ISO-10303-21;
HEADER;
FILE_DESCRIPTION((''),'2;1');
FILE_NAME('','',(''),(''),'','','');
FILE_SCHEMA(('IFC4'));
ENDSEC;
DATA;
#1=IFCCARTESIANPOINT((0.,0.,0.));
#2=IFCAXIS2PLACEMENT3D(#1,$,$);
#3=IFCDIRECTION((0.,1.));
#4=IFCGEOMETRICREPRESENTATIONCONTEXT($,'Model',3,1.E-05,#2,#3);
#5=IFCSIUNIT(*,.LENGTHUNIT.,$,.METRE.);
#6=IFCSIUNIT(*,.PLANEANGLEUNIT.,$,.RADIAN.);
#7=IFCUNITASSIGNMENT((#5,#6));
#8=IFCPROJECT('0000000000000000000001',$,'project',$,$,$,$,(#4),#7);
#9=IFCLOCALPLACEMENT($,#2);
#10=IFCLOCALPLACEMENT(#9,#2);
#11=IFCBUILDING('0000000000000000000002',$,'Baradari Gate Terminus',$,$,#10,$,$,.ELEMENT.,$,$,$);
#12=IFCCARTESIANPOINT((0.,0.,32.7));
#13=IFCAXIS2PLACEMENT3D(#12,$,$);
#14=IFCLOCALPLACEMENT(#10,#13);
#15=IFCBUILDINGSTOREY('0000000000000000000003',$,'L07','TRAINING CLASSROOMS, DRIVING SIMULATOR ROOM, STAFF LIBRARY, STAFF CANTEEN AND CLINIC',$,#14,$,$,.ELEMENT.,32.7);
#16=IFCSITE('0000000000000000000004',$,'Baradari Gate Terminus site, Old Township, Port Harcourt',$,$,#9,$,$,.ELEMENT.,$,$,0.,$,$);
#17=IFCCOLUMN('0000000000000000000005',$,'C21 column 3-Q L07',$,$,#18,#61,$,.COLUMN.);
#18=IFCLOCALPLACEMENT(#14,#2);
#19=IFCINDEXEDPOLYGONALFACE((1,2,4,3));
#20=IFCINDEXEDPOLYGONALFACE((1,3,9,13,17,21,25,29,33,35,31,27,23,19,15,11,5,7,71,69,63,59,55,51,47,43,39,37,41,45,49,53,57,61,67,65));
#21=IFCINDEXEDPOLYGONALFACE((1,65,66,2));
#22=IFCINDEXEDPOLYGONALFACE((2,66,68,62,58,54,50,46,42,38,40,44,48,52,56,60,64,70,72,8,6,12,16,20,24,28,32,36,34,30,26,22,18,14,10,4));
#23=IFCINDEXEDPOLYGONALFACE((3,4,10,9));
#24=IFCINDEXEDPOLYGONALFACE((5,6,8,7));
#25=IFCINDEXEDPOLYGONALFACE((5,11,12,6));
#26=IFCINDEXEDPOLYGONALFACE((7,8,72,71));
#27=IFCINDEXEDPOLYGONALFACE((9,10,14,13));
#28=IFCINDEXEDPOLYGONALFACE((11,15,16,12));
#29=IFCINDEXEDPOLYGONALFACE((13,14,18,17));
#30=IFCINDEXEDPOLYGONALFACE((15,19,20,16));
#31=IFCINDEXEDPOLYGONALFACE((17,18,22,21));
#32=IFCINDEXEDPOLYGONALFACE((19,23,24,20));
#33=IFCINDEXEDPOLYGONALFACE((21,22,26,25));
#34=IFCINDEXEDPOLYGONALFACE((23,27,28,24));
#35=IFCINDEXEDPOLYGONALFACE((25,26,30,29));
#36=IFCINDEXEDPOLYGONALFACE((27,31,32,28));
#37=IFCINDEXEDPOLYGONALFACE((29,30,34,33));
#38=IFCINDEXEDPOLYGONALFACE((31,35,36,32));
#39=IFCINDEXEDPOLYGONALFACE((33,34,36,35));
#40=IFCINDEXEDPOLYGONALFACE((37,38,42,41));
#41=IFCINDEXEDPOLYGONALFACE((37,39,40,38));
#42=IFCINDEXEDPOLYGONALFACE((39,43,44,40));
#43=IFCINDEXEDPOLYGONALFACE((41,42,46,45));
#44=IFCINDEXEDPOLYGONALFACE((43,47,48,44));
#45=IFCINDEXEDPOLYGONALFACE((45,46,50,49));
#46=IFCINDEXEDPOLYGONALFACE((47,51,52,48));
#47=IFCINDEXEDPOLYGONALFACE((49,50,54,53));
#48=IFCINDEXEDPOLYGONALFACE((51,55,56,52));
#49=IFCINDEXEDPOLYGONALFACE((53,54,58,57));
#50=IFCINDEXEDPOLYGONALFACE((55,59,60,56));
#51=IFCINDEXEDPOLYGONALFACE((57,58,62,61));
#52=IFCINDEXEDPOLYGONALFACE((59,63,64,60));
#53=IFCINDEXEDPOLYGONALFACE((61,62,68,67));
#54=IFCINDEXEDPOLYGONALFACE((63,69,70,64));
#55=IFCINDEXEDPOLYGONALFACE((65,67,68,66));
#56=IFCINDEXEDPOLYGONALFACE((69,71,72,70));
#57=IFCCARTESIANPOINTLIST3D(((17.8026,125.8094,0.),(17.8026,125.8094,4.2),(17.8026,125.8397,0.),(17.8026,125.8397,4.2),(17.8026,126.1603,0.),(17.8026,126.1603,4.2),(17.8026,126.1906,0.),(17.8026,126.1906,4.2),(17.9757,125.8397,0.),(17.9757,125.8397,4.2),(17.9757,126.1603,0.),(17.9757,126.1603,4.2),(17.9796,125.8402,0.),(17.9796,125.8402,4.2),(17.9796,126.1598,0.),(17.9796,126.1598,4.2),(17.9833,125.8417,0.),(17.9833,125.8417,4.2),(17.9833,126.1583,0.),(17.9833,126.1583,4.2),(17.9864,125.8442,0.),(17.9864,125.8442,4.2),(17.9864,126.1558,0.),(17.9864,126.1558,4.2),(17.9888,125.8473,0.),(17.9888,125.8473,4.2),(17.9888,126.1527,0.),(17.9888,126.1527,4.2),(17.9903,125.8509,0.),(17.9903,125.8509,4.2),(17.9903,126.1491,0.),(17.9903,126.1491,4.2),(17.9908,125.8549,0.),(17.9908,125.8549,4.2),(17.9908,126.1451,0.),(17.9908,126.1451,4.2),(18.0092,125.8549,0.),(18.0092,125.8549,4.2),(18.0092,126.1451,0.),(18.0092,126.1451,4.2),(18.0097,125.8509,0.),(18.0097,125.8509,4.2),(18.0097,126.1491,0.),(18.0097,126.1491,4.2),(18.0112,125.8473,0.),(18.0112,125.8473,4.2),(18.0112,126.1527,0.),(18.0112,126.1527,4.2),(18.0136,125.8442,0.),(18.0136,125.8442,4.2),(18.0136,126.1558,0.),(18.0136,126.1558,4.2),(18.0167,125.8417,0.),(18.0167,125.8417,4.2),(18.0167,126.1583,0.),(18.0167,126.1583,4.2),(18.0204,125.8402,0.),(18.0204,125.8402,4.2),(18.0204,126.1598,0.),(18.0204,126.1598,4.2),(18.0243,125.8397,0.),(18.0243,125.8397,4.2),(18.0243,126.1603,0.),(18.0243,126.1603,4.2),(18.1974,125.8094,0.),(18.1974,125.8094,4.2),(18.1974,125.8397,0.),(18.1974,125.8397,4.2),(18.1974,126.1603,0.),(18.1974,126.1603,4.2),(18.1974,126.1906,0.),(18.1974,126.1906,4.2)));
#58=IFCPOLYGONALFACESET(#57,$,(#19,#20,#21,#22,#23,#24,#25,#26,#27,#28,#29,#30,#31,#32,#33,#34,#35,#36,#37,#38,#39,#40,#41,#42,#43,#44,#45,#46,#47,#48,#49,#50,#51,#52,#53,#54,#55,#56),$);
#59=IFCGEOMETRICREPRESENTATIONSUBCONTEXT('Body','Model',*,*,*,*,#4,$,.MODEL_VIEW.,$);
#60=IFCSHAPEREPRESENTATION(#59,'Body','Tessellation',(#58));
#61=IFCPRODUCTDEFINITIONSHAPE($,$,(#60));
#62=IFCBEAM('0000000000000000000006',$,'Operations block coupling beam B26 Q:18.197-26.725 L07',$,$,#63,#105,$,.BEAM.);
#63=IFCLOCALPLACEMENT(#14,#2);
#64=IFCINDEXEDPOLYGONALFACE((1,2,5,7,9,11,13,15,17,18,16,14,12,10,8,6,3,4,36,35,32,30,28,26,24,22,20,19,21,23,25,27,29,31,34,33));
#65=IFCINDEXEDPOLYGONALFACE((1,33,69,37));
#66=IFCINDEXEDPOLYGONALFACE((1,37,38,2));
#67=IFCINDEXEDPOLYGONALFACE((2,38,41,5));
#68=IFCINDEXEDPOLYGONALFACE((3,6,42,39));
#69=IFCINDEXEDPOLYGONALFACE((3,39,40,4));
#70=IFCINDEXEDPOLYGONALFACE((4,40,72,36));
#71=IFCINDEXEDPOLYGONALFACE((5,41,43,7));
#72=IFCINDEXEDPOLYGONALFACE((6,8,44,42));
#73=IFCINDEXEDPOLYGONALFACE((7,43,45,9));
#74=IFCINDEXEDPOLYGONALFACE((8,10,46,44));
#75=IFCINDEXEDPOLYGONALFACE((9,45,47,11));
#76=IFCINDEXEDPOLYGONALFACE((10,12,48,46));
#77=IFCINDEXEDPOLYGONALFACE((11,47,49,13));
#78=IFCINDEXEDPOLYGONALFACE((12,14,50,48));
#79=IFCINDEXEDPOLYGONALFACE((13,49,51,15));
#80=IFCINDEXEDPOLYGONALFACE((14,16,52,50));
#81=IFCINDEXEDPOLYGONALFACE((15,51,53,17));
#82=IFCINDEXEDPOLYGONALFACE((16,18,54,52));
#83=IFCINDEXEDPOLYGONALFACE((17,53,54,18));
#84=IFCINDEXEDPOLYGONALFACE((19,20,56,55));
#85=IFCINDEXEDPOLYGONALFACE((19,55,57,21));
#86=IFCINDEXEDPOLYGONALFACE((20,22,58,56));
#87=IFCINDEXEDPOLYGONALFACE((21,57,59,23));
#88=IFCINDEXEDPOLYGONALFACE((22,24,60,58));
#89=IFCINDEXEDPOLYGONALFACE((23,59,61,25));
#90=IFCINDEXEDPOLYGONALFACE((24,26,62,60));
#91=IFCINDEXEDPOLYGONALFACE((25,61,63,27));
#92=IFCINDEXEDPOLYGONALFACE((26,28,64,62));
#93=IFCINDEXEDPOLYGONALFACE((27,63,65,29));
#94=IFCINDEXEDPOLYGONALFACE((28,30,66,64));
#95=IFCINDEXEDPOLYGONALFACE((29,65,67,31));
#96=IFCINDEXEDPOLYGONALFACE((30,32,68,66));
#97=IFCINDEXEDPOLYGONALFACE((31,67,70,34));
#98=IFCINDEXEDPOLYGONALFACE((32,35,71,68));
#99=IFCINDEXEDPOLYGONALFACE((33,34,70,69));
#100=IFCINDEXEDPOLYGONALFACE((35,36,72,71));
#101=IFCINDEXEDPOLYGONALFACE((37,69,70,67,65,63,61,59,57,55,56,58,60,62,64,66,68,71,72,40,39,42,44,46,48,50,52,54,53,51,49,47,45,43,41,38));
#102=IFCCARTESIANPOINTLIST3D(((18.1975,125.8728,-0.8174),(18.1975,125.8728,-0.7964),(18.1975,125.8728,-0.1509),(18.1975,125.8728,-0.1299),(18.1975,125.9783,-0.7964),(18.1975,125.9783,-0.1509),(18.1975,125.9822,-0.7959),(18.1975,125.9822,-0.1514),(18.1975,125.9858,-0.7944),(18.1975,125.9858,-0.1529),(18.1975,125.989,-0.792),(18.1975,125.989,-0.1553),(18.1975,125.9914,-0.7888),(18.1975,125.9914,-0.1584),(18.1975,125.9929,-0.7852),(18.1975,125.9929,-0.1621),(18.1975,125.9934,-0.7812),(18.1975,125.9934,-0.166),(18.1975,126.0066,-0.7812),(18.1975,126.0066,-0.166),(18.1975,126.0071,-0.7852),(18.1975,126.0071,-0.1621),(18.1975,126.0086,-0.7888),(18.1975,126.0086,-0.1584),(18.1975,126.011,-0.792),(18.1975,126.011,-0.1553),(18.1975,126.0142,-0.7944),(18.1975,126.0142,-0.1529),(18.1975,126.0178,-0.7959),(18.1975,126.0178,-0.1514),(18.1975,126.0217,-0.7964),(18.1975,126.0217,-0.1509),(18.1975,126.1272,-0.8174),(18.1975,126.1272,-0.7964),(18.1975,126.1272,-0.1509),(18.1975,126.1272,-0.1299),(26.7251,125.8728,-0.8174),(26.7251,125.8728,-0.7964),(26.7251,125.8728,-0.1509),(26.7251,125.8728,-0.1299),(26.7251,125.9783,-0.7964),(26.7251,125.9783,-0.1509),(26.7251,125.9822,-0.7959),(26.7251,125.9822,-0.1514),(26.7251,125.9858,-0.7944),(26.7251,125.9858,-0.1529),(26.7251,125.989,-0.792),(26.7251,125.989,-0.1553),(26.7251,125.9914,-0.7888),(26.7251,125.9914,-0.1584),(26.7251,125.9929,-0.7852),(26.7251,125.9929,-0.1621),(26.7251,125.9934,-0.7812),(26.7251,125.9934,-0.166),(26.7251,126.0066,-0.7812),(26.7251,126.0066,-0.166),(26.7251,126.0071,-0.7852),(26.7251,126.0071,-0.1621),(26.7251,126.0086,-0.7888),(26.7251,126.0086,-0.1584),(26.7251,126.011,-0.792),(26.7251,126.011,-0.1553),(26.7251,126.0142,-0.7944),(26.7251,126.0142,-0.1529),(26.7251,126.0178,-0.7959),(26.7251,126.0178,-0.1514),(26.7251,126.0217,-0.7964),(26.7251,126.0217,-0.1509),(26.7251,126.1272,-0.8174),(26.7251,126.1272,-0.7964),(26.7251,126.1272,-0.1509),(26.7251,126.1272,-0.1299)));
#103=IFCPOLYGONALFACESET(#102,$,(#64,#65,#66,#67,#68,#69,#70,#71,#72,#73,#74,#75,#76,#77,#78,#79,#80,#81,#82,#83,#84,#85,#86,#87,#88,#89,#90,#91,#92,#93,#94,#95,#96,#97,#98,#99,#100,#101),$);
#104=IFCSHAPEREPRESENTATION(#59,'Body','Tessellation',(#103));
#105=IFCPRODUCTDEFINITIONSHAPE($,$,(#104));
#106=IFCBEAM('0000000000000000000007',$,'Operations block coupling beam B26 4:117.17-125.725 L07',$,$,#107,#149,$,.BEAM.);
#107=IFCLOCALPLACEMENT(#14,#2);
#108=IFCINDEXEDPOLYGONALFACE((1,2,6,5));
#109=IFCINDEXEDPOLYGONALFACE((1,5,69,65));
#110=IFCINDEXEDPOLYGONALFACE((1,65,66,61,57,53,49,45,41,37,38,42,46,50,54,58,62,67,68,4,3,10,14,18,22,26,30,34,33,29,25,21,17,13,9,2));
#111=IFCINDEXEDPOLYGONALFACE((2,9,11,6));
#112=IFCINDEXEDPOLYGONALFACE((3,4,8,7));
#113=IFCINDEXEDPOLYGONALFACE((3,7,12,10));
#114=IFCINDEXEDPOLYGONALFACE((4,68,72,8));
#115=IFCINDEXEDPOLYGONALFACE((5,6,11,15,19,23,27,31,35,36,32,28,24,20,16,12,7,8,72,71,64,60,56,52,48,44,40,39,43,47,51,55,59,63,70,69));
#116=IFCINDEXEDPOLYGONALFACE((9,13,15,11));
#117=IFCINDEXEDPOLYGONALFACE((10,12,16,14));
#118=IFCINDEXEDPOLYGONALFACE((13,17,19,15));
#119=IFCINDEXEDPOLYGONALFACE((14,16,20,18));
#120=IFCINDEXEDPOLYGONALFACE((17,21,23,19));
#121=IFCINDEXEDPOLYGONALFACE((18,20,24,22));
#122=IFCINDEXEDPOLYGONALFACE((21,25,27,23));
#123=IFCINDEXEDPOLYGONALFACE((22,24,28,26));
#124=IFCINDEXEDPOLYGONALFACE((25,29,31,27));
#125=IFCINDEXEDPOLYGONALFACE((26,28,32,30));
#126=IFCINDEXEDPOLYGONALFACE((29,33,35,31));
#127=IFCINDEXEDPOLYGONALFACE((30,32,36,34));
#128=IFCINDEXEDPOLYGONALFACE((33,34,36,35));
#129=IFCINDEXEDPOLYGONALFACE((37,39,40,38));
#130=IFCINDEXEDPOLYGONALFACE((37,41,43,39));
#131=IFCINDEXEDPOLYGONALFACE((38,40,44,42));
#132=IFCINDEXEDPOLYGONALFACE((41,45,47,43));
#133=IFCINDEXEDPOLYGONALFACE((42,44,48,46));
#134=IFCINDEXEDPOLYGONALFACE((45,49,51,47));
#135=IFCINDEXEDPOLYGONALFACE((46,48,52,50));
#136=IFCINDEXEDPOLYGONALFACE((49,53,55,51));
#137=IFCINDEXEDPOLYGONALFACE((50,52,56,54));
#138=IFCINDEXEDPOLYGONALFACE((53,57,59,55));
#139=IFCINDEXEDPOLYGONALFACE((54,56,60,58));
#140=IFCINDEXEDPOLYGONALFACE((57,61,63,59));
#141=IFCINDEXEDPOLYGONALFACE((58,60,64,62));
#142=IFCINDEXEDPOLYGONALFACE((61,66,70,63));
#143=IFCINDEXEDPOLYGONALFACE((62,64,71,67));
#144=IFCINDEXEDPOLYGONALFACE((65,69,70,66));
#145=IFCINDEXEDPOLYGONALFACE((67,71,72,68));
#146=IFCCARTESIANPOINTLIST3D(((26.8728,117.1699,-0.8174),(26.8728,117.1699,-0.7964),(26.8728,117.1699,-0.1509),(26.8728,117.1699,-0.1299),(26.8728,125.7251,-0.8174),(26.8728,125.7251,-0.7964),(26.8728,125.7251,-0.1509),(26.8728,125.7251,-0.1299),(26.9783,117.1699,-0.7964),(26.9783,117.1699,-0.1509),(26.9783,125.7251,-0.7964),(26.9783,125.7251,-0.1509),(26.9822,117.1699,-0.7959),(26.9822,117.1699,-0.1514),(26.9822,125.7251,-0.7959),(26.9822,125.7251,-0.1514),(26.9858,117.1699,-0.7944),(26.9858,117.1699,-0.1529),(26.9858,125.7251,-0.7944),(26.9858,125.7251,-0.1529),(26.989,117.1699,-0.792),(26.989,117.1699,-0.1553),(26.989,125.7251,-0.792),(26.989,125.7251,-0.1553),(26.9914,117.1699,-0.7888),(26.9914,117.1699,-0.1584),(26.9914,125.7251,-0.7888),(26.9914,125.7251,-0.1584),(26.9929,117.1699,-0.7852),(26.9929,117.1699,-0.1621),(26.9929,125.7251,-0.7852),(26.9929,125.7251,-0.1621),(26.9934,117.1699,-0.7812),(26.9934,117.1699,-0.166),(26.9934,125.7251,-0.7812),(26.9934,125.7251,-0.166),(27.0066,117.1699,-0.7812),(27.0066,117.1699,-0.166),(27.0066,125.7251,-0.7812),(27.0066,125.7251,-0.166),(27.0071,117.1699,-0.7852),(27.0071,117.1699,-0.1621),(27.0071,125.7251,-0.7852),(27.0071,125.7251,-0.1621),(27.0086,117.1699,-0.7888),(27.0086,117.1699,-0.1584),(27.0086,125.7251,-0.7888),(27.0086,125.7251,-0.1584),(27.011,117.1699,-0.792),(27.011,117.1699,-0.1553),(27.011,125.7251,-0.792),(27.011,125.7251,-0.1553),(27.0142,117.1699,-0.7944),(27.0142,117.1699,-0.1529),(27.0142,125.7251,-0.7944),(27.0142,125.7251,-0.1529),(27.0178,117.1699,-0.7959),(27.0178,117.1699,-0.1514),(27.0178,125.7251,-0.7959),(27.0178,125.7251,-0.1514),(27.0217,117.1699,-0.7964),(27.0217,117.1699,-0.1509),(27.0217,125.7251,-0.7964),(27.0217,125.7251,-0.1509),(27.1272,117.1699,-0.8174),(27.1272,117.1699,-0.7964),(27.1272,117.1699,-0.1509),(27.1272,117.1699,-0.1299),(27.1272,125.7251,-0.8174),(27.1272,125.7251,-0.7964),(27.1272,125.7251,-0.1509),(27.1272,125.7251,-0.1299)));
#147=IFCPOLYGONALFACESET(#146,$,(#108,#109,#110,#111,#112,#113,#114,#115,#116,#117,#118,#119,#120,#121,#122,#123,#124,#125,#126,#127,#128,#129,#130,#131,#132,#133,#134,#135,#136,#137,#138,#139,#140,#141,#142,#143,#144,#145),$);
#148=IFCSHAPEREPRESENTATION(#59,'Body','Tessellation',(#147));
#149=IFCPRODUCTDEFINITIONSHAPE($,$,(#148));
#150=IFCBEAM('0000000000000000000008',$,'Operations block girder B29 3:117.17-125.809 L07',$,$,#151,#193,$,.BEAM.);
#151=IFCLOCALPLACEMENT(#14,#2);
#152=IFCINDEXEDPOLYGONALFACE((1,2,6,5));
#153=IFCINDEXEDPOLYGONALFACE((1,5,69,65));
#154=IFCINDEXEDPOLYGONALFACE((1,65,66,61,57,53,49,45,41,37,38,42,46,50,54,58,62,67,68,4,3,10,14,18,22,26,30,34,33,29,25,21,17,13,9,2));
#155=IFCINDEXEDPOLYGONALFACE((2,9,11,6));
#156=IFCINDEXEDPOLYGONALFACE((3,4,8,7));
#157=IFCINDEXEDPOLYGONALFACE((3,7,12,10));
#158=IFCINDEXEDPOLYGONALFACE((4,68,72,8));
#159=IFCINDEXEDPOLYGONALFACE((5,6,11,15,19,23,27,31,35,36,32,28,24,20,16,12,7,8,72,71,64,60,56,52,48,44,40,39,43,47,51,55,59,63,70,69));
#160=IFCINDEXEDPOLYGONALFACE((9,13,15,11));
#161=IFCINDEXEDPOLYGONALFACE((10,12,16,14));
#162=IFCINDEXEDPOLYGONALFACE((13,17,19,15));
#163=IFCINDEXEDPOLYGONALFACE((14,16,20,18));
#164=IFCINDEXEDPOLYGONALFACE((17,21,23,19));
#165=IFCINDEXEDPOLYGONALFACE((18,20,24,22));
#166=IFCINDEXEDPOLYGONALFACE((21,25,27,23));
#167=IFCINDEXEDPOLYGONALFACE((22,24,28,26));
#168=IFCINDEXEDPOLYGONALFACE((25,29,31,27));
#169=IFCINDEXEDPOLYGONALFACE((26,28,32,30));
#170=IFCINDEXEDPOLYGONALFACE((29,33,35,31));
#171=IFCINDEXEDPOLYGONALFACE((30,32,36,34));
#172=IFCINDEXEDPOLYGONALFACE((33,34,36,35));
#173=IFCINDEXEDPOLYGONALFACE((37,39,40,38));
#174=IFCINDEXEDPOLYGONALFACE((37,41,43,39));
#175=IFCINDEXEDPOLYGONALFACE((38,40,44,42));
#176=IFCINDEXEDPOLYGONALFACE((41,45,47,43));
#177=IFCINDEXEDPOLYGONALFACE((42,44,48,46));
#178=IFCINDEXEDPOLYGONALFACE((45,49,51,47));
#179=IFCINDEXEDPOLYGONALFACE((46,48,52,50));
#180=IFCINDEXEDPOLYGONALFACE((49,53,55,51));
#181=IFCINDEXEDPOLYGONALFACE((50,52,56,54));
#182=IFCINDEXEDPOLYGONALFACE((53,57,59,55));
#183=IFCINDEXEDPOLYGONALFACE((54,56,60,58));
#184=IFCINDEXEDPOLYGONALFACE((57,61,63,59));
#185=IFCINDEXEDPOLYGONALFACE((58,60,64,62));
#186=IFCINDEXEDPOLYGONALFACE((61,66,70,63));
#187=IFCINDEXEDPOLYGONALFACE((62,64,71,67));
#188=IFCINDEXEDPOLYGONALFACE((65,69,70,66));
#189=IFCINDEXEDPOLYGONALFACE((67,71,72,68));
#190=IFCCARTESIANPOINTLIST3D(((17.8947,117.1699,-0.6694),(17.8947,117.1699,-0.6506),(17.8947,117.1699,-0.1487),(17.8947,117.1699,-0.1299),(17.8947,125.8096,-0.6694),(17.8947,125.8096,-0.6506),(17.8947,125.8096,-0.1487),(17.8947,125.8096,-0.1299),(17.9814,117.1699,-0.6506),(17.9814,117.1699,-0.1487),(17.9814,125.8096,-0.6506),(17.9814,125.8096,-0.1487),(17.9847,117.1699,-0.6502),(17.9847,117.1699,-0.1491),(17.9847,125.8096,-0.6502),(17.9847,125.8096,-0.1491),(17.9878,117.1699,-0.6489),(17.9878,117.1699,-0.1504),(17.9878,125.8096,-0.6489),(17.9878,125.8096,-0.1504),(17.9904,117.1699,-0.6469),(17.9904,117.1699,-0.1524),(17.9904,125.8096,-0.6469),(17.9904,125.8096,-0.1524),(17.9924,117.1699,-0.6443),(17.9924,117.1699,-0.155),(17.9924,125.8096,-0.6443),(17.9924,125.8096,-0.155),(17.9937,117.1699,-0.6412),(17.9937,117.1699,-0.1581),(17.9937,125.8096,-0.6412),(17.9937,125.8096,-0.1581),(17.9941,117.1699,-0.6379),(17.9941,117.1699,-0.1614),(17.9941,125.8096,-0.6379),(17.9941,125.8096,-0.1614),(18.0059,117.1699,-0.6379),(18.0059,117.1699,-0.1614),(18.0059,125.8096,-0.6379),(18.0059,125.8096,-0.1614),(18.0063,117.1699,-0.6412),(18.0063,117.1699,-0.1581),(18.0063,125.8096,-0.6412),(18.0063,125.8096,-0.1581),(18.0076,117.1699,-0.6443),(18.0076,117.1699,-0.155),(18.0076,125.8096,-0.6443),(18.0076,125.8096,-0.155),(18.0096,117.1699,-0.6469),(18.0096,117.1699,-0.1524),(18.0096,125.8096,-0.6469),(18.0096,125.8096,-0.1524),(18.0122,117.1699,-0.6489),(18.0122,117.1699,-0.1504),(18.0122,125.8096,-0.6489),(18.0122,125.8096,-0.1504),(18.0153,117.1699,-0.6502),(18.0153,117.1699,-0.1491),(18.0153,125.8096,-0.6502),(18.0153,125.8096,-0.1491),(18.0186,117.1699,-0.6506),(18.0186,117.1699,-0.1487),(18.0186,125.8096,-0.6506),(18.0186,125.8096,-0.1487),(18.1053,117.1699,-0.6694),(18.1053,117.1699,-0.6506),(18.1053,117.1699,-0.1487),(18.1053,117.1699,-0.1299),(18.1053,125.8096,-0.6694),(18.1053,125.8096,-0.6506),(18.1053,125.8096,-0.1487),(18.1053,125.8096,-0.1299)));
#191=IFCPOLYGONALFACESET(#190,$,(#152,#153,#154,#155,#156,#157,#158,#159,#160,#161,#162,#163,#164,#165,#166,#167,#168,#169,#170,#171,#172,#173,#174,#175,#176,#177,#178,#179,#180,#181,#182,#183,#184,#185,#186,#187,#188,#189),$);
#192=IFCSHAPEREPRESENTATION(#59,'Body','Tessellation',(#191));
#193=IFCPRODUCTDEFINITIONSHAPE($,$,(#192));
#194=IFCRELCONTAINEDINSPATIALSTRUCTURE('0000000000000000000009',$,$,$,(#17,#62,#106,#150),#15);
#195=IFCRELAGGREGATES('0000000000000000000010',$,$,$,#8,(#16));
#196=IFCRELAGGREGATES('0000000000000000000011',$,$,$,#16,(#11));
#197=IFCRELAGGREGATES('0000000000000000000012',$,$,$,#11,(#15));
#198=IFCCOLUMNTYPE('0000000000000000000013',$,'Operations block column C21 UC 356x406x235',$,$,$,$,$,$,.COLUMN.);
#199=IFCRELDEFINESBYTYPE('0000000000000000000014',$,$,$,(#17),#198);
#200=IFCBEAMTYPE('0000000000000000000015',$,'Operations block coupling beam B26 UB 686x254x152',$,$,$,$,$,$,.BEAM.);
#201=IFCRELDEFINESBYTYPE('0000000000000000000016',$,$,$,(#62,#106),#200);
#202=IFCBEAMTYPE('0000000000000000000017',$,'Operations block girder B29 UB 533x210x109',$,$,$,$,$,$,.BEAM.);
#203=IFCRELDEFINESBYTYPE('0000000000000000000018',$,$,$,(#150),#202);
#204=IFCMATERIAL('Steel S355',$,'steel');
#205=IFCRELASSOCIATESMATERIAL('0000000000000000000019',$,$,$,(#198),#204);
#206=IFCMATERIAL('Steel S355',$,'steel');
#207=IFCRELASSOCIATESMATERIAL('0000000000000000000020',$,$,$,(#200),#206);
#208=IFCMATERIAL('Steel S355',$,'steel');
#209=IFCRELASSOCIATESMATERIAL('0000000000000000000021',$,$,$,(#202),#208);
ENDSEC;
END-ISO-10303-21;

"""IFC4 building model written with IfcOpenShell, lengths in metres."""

from ifc_helpers import new_model, si_unit, direction, frame, origin, origin_2d, place, context, subcontext, project, spatial, i_section, extrude, material, material_profile, profile_set, type_object, element, save


model = new_model("IFC4")

# Units and contexts
model_context = context("Model", 3, precision=1e-05, world=origin(), true_north=direction((0.0, 1.0)))
body_context = subcontext(model_context, "Body", "Model", "MODEL_VIEW")
ifc_project = project(units=[si_unit("LENGTHUNIT", "METRE"), si_unit("PLANEANGLEUNIT", "RADIAN")], contexts=[model_context])

# Site, building, storey
site_placement = place(None, origin())
site = spatial("IfcSite", under=ifc_project, at=site_placement, Name="Baradari Gate Terminus site, Old Township, Port Harcourt", CompositionType="ELEMENT", RefElevation=0.0)
building_placement = place(site_placement, origin())
building = spatial("IfcBuilding", under=site, at=building_placement, Name="Baradari Gate Terminus", CompositionType="ELEMENT")
storey_placement = place(building_placement, frame((0.0, 0.0, 32.7)))
storey = spatial("IfcBuildingStorey", under=building, at=storey_placement, Name="L07", Description="TRAINING CLASSROOMS, DRIVING SIMULATOR ROOM, STAFF LIBRARY, STAFF CANTEEN AND CLINIC", CompositionType="ELEMENT", Elevation=32.7)

# Column
ifc_material_1 = material(Name="Steel S355", Category="steel")
ifc_material_profile_1 = material_profile(ifc_material_1, i_section(OverallWidth=0.3948, OverallDepth=0.3811, WebThickness=0.0183, FlangeThickness=0.0303, FilletRadius=0.0151, at=origin_2d()), Name="UC 356x406x235")
ifc_profile_set_1 = profile_set([ifc_material_profile_1], Name="Steel S355")
column_type = type_object("IfcColumnType", Name="Operations block column C21 UC 356x406x235", PredefinedType="COLUMN", material=ifc_profile_set_1)
column_placement = place(storey_placement, frame((18.0, 126.0, 0.0), z_axis=(0.0, 0.0, 1.0), x_axis=(1.0, 0.0, 0.0)))
element("IfcColumn", 1, at=column_placement, inside=storey, type_object=column_type, Name="C21 column 3-Q L07", PredefinedType="COLUMN", context=body_context, shape_type="SweptSolid", body=[
    extrude(i_section(OverallWidth=0.3948, OverallDepth=0.3811, WebThickness=0.0183, FlangeThickness=0.0303, FilletRadius=0.0151, at=origin_2d()), origin(), (0.0, 0.0, 1.0), 4.2),
])

# Beams
ifc_material_2 = material(Name="Steel S355", Category="steel")
ifc_material_profile_2 = material_profile(ifc_material_2, i_section(OverallWidth=0.2544, OverallDepth=0.6875, WebThickness=0.0132, FlangeThickness=0.021, FilletRadius=0.0151, at=origin_2d()), Name="UB 686x254x152")
ifc_profile_set_2 = profile_set([ifc_material_profile_2], Name="Steel S355")
beam_type_1 = type_object("IfcBeamType", Name="Operations block coupling beam B26 UB 686x254x152", PredefinedType="BEAM", material=ifc_profile_set_2)
beam_1_placement = place(storey_placement, frame((18.1975, 126.0, -0.4736), z_axis=(1.0, 0.0, 0.0), x_axis=(0.0, 1.0, 0.0)))
element("IfcBeam", 2, at=beam_1_placement, inside=storey, type_object=beam_type_1, Name="Operations block coupling beam B26 Q:18.197-26.725 L07", PredefinedType="BEAM", context=body_context, shape_type="SweptSolid", body=[
    extrude(i_section(OverallWidth=0.2544, OverallDepth=0.6875, WebThickness=0.0132, FlangeThickness=0.021, FilletRadius=0.0151, at=origin_2d()), origin(), (0.0, 0.0, 1.0), 8.5276),
])
beam_2_placement = place(storey_placement, frame((27.0, 117.1699, -0.4736), z_axis=(0.0, 1.0, 0.0), x_axis=(-1.0, 0.0, 0.0)))
element("IfcBeam", 3, at=beam_2_placement, inside=storey, type_object=beam_type_1, Name="Operations block coupling beam B26 4:117.17-125.725 L07", PredefinedType="BEAM", context=body_context, shape_type="SweptSolid", body=[
    extrude(i_section(OverallWidth=0.2544, OverallDepth=0.6875, WebThickness=0.0132, FlangeThickness=0.021, FilletRadius=0.0151, at=origin_2d()), origin(), (0.0, 0.0, 1.0), 8.5552),
])
ifc_material_3 = material(Name="Steel S355", Category="steel")
ifc_material_profile_3 = material_profile(ifc_material_3, i_section(OverallWidth=0.2107, OverallDepth=0.5396, WebThickness=0.0117, FlangeThickness=0.0188, FilletRadius=0.0127, at=origin_2d()), Name="UB 533x210x109")
ifc_profile_set_3 = profile_set([ifc_material_profile_3], Name="Steel S355")
beam_type_2 = type_object("IfcBeamType", Name="Operations block girder B29 UB 533x210x109", PredefinedType="BEAM", material=ifc_profile_set_3)
beam_3_placement = place(storey_placement, frame((18.0, 117.1699, -0.3997), z_axis=(0.0, 1.0, 0.0), x_axis=(-1.0, 0.0, 0.0)))
element("IfcBeam", 4, at=beam_3_placement, inside=storey, type_object=beam_type_2, Name="Operations block girder B29 3:117.17-125.809 L07", PredefinedType="BEAM", context=body_context, shape_type="SweptSolid", body=[
    extrude(i_section(OverallWidth=0.2107, OverallDepth=0.5396, WebThickness=0.0117, FlangeThickness=0.0188, FilletRadius=0.0127, at=origin_2d()), origin(), (0.0, 0.0, 1.0), 8.6396),
])

save(model, "model.ifc")
